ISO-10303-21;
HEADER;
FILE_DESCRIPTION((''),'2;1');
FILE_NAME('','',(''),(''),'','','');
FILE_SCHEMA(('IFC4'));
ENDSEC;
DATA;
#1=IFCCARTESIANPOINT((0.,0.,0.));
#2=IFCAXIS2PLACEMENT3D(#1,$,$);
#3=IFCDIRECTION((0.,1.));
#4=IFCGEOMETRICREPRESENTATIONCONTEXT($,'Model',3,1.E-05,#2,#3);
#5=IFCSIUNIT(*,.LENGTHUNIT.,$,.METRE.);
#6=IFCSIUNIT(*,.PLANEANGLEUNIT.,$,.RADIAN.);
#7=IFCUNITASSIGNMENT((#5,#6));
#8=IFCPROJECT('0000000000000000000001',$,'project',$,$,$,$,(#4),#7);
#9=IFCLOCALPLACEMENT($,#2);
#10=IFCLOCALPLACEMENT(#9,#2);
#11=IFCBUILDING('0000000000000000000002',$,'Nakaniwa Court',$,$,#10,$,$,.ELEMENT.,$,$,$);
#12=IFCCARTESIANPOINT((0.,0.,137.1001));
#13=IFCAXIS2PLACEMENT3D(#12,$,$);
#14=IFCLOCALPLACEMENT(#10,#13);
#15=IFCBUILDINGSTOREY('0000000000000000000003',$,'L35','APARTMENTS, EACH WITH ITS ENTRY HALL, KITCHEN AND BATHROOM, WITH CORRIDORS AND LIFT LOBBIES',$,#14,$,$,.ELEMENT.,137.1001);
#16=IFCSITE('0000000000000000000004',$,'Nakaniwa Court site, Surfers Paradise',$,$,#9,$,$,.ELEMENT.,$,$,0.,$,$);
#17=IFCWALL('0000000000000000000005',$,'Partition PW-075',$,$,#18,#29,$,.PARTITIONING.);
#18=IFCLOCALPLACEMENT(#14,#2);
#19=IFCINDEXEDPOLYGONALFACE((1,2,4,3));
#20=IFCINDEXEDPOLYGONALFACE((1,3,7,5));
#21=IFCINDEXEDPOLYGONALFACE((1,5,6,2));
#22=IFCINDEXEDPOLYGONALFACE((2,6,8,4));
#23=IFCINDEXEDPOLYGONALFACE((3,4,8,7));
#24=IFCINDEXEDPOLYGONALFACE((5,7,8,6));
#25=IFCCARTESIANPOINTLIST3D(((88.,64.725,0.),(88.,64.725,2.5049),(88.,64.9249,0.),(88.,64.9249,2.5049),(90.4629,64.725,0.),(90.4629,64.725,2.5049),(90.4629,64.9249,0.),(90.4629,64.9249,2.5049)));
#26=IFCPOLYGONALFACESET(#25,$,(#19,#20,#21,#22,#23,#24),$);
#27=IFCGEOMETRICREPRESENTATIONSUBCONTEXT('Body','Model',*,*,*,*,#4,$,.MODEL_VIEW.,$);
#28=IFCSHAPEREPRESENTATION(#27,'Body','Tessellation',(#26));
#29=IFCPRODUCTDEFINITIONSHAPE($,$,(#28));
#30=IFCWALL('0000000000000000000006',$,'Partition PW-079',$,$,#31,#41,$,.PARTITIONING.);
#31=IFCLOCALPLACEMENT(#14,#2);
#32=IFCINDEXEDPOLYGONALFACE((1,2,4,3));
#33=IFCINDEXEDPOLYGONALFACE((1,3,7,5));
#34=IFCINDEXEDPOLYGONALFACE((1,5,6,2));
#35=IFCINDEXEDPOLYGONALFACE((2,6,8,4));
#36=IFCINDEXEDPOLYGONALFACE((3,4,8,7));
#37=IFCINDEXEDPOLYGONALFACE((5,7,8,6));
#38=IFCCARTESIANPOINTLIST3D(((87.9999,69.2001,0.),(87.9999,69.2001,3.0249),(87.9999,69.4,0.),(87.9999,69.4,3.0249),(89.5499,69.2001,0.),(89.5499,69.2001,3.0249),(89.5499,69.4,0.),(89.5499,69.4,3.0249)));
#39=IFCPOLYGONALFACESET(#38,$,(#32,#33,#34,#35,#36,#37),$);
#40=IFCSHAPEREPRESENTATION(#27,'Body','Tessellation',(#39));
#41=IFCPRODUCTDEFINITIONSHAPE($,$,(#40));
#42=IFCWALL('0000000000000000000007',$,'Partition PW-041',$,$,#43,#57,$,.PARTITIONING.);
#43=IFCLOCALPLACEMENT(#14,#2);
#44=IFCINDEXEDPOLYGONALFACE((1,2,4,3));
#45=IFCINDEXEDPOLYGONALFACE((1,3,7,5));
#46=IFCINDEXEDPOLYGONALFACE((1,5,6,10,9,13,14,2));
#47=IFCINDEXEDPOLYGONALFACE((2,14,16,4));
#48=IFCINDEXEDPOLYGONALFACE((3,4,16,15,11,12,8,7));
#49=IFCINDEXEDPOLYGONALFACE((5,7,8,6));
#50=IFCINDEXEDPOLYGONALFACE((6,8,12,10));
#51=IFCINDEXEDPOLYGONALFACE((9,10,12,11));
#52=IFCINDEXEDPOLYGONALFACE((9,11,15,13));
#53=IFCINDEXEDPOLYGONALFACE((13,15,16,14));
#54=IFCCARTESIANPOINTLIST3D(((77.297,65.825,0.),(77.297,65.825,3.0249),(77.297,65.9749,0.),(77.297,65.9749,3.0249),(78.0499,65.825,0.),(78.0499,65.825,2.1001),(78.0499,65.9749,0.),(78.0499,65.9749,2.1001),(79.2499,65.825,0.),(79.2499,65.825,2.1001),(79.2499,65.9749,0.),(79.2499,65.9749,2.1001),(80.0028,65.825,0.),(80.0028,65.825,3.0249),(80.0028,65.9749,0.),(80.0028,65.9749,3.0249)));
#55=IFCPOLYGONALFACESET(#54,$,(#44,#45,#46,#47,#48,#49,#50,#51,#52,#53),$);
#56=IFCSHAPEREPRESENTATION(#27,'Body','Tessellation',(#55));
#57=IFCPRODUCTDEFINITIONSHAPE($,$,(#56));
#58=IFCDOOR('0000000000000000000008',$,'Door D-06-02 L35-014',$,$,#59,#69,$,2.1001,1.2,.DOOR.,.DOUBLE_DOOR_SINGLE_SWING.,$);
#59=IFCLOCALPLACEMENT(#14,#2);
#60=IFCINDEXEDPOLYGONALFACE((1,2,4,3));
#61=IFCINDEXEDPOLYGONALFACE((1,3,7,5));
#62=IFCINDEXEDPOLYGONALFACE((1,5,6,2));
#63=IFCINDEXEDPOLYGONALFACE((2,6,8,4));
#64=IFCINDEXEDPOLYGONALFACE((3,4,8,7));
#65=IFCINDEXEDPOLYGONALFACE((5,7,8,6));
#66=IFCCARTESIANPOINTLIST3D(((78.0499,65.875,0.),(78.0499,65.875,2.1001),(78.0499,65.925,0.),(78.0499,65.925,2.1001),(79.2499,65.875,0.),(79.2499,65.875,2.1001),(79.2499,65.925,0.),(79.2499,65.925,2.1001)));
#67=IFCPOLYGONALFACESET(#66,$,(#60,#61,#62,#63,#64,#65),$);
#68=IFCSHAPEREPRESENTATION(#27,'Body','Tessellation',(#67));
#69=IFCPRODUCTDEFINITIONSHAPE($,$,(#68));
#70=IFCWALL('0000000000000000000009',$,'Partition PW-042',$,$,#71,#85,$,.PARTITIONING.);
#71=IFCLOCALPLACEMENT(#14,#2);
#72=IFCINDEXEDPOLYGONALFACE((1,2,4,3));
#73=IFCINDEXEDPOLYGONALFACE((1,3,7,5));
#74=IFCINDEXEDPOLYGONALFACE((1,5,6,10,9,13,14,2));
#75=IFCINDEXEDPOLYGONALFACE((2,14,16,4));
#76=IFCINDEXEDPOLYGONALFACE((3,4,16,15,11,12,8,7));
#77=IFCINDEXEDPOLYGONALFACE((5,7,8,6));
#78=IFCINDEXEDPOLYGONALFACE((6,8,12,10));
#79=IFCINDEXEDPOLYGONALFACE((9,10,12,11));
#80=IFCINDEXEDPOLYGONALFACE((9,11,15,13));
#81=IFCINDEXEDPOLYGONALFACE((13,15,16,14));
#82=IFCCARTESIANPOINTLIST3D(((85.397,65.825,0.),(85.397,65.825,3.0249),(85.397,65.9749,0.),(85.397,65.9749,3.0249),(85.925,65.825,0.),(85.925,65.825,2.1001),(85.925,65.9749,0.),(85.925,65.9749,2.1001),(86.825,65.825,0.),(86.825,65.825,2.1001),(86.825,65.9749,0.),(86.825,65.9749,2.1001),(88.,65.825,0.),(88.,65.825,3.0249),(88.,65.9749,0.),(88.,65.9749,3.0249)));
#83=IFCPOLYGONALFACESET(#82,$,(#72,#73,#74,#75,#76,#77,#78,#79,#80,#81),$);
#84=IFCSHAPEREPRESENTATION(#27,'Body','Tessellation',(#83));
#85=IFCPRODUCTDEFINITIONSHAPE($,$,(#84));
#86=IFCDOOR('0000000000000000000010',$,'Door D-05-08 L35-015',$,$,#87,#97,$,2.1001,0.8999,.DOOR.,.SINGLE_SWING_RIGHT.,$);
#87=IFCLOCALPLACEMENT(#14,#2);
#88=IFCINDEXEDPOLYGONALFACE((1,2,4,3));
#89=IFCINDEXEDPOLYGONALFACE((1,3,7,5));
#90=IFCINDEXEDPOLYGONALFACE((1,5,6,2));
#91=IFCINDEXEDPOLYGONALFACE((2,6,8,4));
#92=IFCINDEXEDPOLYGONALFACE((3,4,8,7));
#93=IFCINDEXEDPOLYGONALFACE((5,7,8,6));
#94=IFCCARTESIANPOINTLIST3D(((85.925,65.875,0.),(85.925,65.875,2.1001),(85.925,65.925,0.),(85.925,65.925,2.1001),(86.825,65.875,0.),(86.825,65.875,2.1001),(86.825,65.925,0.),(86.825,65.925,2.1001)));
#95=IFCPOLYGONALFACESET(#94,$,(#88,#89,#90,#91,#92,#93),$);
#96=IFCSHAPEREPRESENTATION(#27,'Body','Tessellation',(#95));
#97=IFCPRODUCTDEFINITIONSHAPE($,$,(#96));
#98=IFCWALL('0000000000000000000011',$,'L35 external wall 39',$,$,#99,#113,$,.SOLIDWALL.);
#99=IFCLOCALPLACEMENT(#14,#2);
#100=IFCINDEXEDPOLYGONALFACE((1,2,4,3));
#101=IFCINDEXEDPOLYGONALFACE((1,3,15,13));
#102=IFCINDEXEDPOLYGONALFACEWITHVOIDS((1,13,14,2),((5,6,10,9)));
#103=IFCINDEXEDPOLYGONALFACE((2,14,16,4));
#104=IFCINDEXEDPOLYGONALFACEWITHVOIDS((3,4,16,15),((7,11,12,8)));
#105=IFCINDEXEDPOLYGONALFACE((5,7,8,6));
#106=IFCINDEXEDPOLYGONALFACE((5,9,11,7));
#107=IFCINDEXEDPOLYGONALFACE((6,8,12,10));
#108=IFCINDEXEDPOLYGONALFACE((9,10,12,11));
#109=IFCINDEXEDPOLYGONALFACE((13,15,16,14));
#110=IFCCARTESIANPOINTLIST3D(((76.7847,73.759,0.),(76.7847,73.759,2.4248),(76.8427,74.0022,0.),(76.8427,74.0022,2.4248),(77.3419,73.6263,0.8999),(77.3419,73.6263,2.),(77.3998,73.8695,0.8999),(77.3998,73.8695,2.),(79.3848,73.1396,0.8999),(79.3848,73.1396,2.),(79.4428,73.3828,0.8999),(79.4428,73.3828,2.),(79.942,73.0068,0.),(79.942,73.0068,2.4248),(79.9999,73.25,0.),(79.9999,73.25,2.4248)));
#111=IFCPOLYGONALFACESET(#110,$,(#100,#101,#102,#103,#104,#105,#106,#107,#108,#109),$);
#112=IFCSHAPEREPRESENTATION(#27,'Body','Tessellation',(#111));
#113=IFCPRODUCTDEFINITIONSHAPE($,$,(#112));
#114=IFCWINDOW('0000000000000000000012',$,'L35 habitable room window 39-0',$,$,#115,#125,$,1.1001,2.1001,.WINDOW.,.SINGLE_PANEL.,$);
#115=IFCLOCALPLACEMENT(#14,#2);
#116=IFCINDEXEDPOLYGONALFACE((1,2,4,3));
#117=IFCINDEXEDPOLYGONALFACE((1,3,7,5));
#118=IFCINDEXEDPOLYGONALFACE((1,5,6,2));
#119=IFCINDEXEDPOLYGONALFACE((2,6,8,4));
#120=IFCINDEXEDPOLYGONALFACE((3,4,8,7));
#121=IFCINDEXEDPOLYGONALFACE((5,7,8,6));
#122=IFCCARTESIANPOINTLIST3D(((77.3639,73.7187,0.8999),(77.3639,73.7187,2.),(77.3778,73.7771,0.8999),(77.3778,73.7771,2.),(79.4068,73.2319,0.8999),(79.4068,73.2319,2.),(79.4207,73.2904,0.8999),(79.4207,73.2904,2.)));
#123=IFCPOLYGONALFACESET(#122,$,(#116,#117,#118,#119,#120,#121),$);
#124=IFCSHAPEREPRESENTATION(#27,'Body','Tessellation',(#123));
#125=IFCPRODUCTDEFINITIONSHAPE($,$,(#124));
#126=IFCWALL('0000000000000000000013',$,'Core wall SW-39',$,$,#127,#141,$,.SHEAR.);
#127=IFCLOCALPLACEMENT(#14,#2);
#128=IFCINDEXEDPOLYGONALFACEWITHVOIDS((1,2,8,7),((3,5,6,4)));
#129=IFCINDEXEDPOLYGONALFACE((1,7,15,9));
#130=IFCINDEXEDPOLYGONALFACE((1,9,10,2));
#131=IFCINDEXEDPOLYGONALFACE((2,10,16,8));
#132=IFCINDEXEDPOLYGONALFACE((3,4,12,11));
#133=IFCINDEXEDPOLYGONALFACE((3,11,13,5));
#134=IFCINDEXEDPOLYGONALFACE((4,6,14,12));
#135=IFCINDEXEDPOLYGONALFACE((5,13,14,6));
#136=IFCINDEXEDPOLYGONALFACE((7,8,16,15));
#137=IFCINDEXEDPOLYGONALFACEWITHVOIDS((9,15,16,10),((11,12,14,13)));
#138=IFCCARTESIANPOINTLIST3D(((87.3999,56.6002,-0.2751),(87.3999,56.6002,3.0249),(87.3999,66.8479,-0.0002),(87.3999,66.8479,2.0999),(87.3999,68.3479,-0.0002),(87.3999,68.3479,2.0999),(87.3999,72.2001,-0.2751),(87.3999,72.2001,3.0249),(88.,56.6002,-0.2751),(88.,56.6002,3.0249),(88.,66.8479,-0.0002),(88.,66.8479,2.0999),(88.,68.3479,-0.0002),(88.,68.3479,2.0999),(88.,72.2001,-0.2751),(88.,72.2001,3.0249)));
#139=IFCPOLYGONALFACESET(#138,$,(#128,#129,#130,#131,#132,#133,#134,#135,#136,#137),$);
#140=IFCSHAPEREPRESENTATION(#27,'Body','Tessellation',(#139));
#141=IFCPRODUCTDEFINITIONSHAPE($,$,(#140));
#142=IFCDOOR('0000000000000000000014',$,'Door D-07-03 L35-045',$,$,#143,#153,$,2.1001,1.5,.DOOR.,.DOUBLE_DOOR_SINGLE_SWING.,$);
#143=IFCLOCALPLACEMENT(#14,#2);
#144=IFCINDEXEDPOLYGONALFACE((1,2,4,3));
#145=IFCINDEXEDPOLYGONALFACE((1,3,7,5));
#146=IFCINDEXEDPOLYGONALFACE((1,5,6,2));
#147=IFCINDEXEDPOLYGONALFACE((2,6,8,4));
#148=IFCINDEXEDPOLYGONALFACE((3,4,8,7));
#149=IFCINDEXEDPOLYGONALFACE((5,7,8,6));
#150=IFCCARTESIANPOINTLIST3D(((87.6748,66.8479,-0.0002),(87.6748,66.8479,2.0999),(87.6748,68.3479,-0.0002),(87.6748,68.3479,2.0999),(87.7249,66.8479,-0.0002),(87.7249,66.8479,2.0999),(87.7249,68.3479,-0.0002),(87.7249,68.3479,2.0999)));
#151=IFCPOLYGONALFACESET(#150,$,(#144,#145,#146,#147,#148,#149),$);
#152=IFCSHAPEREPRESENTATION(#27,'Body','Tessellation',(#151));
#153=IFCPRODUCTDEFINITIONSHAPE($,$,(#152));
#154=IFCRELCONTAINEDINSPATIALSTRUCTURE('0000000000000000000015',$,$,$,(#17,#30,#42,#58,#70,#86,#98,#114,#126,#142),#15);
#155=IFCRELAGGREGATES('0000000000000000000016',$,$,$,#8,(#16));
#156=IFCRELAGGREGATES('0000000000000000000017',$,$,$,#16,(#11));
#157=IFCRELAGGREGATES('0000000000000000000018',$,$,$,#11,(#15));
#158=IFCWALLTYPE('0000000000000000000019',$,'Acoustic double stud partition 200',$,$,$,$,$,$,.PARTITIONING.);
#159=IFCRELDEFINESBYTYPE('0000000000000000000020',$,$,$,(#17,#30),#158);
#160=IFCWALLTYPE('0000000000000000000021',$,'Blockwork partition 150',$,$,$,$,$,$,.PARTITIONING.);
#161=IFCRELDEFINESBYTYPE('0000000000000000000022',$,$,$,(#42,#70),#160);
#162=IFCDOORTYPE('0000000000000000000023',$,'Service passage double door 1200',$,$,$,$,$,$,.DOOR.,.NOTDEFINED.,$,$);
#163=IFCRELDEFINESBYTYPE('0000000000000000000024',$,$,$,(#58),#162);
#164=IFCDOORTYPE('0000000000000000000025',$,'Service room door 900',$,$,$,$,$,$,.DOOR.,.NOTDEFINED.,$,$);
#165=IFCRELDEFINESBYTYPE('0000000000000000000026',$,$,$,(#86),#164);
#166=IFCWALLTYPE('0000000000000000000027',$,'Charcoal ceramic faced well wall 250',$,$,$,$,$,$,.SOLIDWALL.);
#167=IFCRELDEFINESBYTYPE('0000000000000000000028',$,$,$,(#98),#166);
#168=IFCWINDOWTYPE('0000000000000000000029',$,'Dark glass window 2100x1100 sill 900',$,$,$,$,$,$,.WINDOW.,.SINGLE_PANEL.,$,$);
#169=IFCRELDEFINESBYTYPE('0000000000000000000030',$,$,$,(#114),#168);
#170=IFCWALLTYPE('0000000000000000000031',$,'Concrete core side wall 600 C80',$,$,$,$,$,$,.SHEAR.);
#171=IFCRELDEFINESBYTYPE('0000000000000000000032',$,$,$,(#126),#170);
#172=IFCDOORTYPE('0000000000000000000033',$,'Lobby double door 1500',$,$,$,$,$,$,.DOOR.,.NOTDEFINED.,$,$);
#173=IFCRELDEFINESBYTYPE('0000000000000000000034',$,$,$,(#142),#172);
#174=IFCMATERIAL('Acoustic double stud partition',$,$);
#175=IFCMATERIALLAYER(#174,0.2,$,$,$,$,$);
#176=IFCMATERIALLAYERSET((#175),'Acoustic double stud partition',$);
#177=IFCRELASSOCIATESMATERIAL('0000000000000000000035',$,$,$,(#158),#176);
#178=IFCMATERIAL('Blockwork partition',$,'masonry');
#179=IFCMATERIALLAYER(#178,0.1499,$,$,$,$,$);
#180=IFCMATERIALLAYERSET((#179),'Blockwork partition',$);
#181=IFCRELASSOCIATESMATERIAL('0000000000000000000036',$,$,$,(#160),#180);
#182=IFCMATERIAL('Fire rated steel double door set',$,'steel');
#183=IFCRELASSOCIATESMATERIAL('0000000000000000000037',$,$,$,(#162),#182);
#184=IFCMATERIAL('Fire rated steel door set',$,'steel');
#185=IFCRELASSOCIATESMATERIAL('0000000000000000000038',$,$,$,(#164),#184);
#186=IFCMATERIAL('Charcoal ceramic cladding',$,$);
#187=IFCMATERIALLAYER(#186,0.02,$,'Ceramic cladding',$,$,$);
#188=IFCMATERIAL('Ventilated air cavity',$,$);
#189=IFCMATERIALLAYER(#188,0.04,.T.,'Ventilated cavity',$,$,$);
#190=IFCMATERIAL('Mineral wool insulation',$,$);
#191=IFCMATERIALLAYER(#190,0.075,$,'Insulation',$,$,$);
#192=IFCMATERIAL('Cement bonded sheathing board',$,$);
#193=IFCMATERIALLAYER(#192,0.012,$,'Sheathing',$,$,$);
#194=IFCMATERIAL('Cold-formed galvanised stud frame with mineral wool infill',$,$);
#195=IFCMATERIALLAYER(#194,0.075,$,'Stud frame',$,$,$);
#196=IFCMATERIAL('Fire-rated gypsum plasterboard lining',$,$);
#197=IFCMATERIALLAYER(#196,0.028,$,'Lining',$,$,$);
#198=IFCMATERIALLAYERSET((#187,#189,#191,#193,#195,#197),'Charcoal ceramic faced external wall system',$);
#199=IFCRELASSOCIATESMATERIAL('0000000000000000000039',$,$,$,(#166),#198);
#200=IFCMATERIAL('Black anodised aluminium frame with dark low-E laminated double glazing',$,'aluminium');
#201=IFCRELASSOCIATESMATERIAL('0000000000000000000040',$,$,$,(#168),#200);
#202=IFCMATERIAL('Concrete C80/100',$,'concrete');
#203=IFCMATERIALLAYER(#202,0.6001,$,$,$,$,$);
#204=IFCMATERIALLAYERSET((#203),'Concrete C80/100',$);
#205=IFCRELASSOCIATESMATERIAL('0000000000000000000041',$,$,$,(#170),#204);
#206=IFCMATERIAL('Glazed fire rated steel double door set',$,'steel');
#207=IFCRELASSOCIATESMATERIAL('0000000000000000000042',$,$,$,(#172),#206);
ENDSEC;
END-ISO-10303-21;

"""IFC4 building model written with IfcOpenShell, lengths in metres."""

from ifc_helpers import new_model, si_unit, direction, frame, frame_2d, origin, place, context, subcontext, project, spatial, rectangle, extrude, material, layer, layer_set, type_object, element, fill, save


model = new_model("IFC4")

# Units and contexts
model_context = context("Model", 3, precision=1e-05, world=origin(), true_north=direction((0.0, 1.0)))
body_context = subcontext(model_context, "Body", "Model", "MODEL_VIEW")
ifc_project = project(units=[si_unit("LENGTHUNIT", "METRE"), si_unit("PLANEANGLEUNIT", "RADIAN")], contexts=[model_context])

# Site, building, storey
site_placement = place(None, origin())
site = spatial("IfcSite", under=ifc_project, at=site_placement, Name="Nakaniwa Court site, Surfers Paradise", CompositionType="ELEMENT", RefElevation=0.0)
building_placement = place(site_placement, origin())
building = spatial("IfcBuilding", under=site, at=building_placement, Name="Nakaniwa Court", CompositionType="ELEMENT")
storey_placement = place(building_placement, frame((0.0, 0.0, 137.1001)))
storey = spatial("IfcBuildingStorey", under=building, at=storey_placement, Name="L35", Description="APARTMENTS, EACH WITH ITS ENTRY HALL, KITCHEN AND BATHROOM, WITH CORRIDORS AND LIFT LOBBIES", CompositionType="ELEMENT", Elevation=137.1001)

# Shared definitions
ifc_material_1 = material(Name="Concrete C80/100", Category="concrete")

# Walls
ifc_material_2 = material(Name="Acoustic double stud partition")
ifc_layer_1 = layer(ifc_material_2, 0.2)
ifc_layer_set_1 = layer_set([ifc_layer_1], Name="Acoustic double stud partition")
wall_type_1 = type_object("IfcWallType", Name="Acoustic double stud partition 200", PredefinedType="PARTITIONING", material=ifc_layer_set_1)
wall_1_placement = place(storey_placement, frame((88.0, 64.825, 0.0), z_axis=(0.0, 0.0, 1.0), x_axis=(1.0, 0.0, 0.0)))
element("IfcWall", 1, at=wall_1_placement, inside=storey, type_object=wall_type_1, Name="Partition PW-075", PredefinedType="PARTITIONING", context=body_context, shape_type="SweptSolid", body=[
    extrude(rectangle(XDim=2.4629, YDim=0.2, at=frame_2d((1.2314, 0.0))), origin(), (0.0, 0.0, 1.0), 2.5049),
])
wall_2_placement = place(storey_placement, frame((88.0, 69.3, 0.0), z_axis=(0.0, 0.0, 1.0), x_axis=(1.0, 0.0, 0.0)))
element("IfcWall", 2, at=wall_2_placement, inside=storey, type_object=wall_type_1, Name="Partition PW-079", PredefinedType="PARTITIONING", context=body_context, shape_type="SweptSolid", body=[
    extrude(rectangle(XDim=1.55, YDim=0.2, at=frame_2d((0.7749, 0.0))), origin(), (0.0, 0.0, 1.0), 3.0249),
])

# Walls, openings, doors
ifc_material_3 = material(Name="Blockwork partition", Category="masonry")
ifc_layer_2 = layer(ifc_material_3, 0.1499)
ifc_layer_set_2 = layer_set([ifc_layer_2], Name="Blockwork partition")
wall_type_2 = type_object("IfcWallType", Name="Blockwork partition 150", PredefinedType="PARTITIONING", material=ifc_layer_set_2)
wall_3_placement = place(storey_placement, frame((80.0029, 65.8999, 0.0), z_axis=(0.0, 0.0, 1.0), x_axis=(-1.0, 0.0, 0.0)))
wall_3 = element("IfcWall", 3, at=wall_3_placement, inside=storey, type_object=wall_type_2, Name="Partition PW-041", PredefinedType="PARTITIONING", context=body_context, shape_type="SweptSolid", body=[
    extrude(rectangle(XDim=2.7058, YDim=0.1499, at=frame_2d((1.353, 0.0))), origin(), (0.0, 0.0, 1.0), 3.0249),
])
opening_1_placement = place(wall_3_placement, frame((0.7529, 0.0, 0.0)))
opening_1 = element("IfcOpeningElement", 4, at=opening_1_placement, cuts=wall_3, PredefinedType="OPENING", context=body_context, shape_type="SweptSolid", body=[
    extrude(rectangle(XDim=1.2, YDim=2.1001, at=frame_2d((0.6001, 1.05))), frame((0.0, 0.085, 0.0), z_axis=(0.0, -1.0, 0.0), x_axis=(1.0, 0.0, 0.0)), (0.0, 0.0, 1.0), 0.1699),
])
ifc_material_4 = material(Name="Fire rated steel double door set", Category="steel")
door_type_1 = type_object("IfcDoorType", Name="Service passage double door 1200", OperationType="NOTDEFINED", PredefinedType="DOOR", material=ifc_material_4)
door_1_placement = place(opening_1_placement, origin())
door_1 = element("IfcDoor", 5, at=door_1_placement, inside=storey, type_object=door_type_1, Name="Door D-06-02 L35-014", OperationType="DOUBLE_DOOR_SINGLE_SWING", OverallHeight=2.1001, OverallWidth=1.2, PredefinedType="DOOR", context=body_context, shape_type="SweptSolid", body=[
    extrude(rectangle(XDim=1.2, YDim=2.1001, at=frame_2d((0.6001, 1.05))), frame((0.0, 0.0249, 0.0), z_axis=(0.0, -1.0, 0.0), x_axis=(1.0, 0.0, 0.0)), (0.0, 0.0, 1.0), 0.05),
])
fill(opening_1, door_1)
wall_4_placement = place(storey_placement, frame((88.0, 65.8999, 0.0), z_axis=(0.0, 0.0, 1.0), x_axis=(-1.0, 0.0, 0.0)))
wall_4 = element("IfcWall", 6, at=wall_4_placement, inside=storey, type_object=wall_type_2, Name="Partition PW-042", PredefinedType="PARTITIONING", context=body_context, shape_type="SweptSolid", body=[
    extrude(rectangle(XDim=2.603, YDim=0.1499, at=frame_2d((1.3015, 0.0))), origin(), (0.0, 0.0, 1.0), 3.0249),
])
opening_2_placement = place(wall_4_placement, frame((1.175, 0.0, 0.0)))
opening_2 = element("IfcOpeningElement", 7, at=opening_2_placement, cuts=wall_4, PredefinedType="OPENING", context=body_context, shape_type="SweptSolid", body=[
    extrude(rectangle(XDim=0.8999, YDim=2.1001, at=frame_2d((0.45, 1.05))), frame((0.0, 0.085, 0.0), z_axis=(0.0, -1.0, 0.0), x_axis=(1.0, 0.0, 0.0)), (0.0, 0.0, 1.0), 0.1699),
])
ifc_material_5 = material(Name="Fire rated steel door set", Category="steel")
door_type_2 = type_object("IfcDoorType", Name="Service room door 900", OperationType="NOTDEFINED", PredefinedType="DOOR", material=ifc_material_5)
door_2_placement = place(opening_2_placement, origin())
door_2 = element("IfcDoor", 8, at=door_2_placement, inside=storey, type_object=door_type_2, Name="Door D-05-08 L35-015", OperationType="SINGLE_SWING_RIGHT", OverallHeight=2.1001, OverallWidth=0.8999, PredefinedType="DOOR", context=body_context, shape_type="SweptSolid", body=[
    extrude(rectangle(XDim=0.8999, YDim=2.1001, at=frame_2d((0.45, 1.05))), frame((0.0, 0.0249, 0.0), z_axis=(0.0, -1.0, 0.0), x_axis=(1.0, 0.0, 0.0)), (0.0, 0.0, 1.0), 0.05),
])
fill(opening_2, door_2)

# Wall, opening, window
ifc_material_6 = material(Name="Charcoal ceramic cladding")
ifc_layer_3 = layer(ifc_material_6, 0.02, Name="Ceramic cladding")
ifc_material_7 = material(Name="Ventilated air cavity")
ifc_layer_4 = layer(ifc_material_7, 0.04, ventilated=True, Name="Ventilated cavity")
ifc_material_8 = material(Name="Mineral wool insulation")
ifc_layer_5 = layer(ifc_material_8, 0.075, Name="Insulation")
ifc_material_9 = material(Name="Cement bonded sheathing board")
ifc_layer_6 = layer(ifc_material_9, 0.012, Name="Sheathing")
ifc_material_10 = material(Name="Cold-formed galvanised stud frame with mineral wool infill")
ifc_layer_7 = layer(ifc_material_10, 0.075, Name="Stud frame")
ifc_material_11 = material(Name="Fire-rated gypsum plasterboard lining")
ifc_layer_8 = layer(ifc_material_11, 0.028, Name="Lining")
ifc_layer_set_3 = layer_set([ifc_layer_3, ifc_layer_4, ifc_layer_5, ifc_layer_6, ifc_layer_7, ifc_layer_8], Name="Charcoal ceramic faced external wall system")
wall_type_3 = type_object("IfcWallType", Name="Charcoal ceramic faced well wall 250", PredefinedType="SOLIDWALL", material=ifc_layer_set_3)
wall_5_placement = place(storey_placement, frame((79.9709, 73.1284, 0.0), z_axis=(0.0, 0.0, 1.0), x_axis=(-0.972773, 0.23176, 0.0)))
wall_5 = element("IfcWall", 9, at=wall_5_placement, inside=storey, type_object=wall_type_3, Name="L35 external wall 39", PredefinedType="SOLIDWALL", context=body_context, shape_type="SweptSolid", body=[
    extrude(rectangle(XDim=3.2456, YDim=0.25, at=frame_2d((1.6228, 0.0))), origin(), (0.0, 0.0, 1.0), 2.4248),
])
opening_3_placement = place(wall_5_placement, frame((0.5728, 0.0, 0.8999)))
opening_3 = element("IfcOpeningElement", 10, at=opening_3_placement, cuts=wall_5, PredefinedType="OPENING", context=body_context, shape_type="SweptSolid", body=[
    extrude(rectangle(XDim=2.1001, YDim=1.1001, at=frame_2d((1.05, 0.55))), frame((0.0, 0.135, 0.0), z_axis=(0.0, -1.0, 0.0), x_axis=(1.0, 0.0, 0.0)), (0.0, 0.0, 1.0), 0.27),
])
ifc_material_12 = material(Name="Black anodised aluminium frame with dark low-E laminated double glazing", Category="aluminium")
window_type = type_object("IfcWindowType", Name="Dark glass window 2100x1100 sill 900", PartitioningType="SINGLE_PANEL", PredefinedType="WINDOW", material=ifc_material_12)
window_placement = place(opening_3_placement, origin())
window = element("IfcWindow", 11, at=window_placement, inside=storey, type_object=window_type, Name="L35 habitable room window 39-0", OverallHeight=1.1001, OverallWidth=2.1001, PartitioningType="SINGLE_PANEL", PredefinedType="WINDOW", context=body_context, shape_type="SweptSolid", body=[
    extrude(rectangle(XDim=2.1001, YDim=1.1001, at=frame_2d((1.05, 0.55))), frame((0.0, 0.03, 0.0), z_axis=(0.0, -1.0, 0.0), x_axis=(1.0, 0.0, 0.0)), (0.0, 0.0, 1.0), 0.0601),
])
fill(opening_3, window)

# Wall, opening, door
ifc_layer_9 = layer(ifc_material_1, 0.6001)
ifc_layer_set_4 = layer_set([ifc_layer_9], Name="Concrete C80/100")
wall_type_4 = type_object("IfcWallType", Name="Concrete core side wall 600 C80", PredefinedType="SHEAR", material=ifc_layer_set_4)
wall_6_placement = place(storey_placement, frame((87.7, 72.2, -0.2751), z_axis=(0.0, 0.0, 1.0), x_axis=(0.0, -1.0, 0.0)))
wall_6 = element("IfcWall", 12, at=wall_6_placement, inside=storey, type_object=wall_type_4, Name="Core wall SW-39", PredefinedType="SHEAR", context=body_context, shape_type="SweptSolid", body=[
    extrude(rectangle(XDim=15.5999, YDim=0.6001, at=frame_2d((7.7998, 0.0))), origin(), (0.0, 0.0, 1.0), 3.3),
])
opening_4_placement = place(wall_6_placement, frame((3.8521, 0.0, 0.2749)))
opening_4 = element("IfcOpeningElement", 13, at=opening_4_placement, cuts=wall_6, PredefinedType="OPENING", context=body_context, shape_type="SweptSolid", body=[
    extrude(rectangle(XDim=1.5, YDim=2.1001, at=frame_2d((0.75, 1.05))), frame((0.0, 0.3101, 0.0), z_axis=(0.0, -1.0, 0.0), x_axis=(1.0, 0.0, 0.0)), (0.0, 0.0, 1.0), 0.6201),
])
ifc_material_13 = material(Name="Glazed fire rated steel double door set", Category="steel")
door_type_3 = type_object("IfcDoorType", Name="Lobby double door 1500", OperationType="NOTDEFINED", PredefinedType="DOOR", material=ifc_material_13)
door_3_placement = place(opening_4_placement, origin())
door_3 = element("IfcDoor", 14, at=door_3_placement, inside=storey, type_object=door_type_3, Name="Door D-07-03 L35-045", OperationType="DOUBLE_DOOR_SINGLE_SWING", OverallHeight=2.1001, OverallWidth=1.5, PredefinedType="DOOR", context=body_context, shape_type="SweptSolid", body=[
    extrude(rectangle(XDim=1.5, YDim=2.1001, at=frame_2d((0.75, 1.05))), frame((0.0, 0.0249, 0.0), z_axis=(0.0, -1.0, 0.0), x_axis=(1.0, 0.0, 0.0)), (0.0, 0.0, 1.0), 0.05),
])
fill(opening_4, door_3)

save(model, "model.ifc")
